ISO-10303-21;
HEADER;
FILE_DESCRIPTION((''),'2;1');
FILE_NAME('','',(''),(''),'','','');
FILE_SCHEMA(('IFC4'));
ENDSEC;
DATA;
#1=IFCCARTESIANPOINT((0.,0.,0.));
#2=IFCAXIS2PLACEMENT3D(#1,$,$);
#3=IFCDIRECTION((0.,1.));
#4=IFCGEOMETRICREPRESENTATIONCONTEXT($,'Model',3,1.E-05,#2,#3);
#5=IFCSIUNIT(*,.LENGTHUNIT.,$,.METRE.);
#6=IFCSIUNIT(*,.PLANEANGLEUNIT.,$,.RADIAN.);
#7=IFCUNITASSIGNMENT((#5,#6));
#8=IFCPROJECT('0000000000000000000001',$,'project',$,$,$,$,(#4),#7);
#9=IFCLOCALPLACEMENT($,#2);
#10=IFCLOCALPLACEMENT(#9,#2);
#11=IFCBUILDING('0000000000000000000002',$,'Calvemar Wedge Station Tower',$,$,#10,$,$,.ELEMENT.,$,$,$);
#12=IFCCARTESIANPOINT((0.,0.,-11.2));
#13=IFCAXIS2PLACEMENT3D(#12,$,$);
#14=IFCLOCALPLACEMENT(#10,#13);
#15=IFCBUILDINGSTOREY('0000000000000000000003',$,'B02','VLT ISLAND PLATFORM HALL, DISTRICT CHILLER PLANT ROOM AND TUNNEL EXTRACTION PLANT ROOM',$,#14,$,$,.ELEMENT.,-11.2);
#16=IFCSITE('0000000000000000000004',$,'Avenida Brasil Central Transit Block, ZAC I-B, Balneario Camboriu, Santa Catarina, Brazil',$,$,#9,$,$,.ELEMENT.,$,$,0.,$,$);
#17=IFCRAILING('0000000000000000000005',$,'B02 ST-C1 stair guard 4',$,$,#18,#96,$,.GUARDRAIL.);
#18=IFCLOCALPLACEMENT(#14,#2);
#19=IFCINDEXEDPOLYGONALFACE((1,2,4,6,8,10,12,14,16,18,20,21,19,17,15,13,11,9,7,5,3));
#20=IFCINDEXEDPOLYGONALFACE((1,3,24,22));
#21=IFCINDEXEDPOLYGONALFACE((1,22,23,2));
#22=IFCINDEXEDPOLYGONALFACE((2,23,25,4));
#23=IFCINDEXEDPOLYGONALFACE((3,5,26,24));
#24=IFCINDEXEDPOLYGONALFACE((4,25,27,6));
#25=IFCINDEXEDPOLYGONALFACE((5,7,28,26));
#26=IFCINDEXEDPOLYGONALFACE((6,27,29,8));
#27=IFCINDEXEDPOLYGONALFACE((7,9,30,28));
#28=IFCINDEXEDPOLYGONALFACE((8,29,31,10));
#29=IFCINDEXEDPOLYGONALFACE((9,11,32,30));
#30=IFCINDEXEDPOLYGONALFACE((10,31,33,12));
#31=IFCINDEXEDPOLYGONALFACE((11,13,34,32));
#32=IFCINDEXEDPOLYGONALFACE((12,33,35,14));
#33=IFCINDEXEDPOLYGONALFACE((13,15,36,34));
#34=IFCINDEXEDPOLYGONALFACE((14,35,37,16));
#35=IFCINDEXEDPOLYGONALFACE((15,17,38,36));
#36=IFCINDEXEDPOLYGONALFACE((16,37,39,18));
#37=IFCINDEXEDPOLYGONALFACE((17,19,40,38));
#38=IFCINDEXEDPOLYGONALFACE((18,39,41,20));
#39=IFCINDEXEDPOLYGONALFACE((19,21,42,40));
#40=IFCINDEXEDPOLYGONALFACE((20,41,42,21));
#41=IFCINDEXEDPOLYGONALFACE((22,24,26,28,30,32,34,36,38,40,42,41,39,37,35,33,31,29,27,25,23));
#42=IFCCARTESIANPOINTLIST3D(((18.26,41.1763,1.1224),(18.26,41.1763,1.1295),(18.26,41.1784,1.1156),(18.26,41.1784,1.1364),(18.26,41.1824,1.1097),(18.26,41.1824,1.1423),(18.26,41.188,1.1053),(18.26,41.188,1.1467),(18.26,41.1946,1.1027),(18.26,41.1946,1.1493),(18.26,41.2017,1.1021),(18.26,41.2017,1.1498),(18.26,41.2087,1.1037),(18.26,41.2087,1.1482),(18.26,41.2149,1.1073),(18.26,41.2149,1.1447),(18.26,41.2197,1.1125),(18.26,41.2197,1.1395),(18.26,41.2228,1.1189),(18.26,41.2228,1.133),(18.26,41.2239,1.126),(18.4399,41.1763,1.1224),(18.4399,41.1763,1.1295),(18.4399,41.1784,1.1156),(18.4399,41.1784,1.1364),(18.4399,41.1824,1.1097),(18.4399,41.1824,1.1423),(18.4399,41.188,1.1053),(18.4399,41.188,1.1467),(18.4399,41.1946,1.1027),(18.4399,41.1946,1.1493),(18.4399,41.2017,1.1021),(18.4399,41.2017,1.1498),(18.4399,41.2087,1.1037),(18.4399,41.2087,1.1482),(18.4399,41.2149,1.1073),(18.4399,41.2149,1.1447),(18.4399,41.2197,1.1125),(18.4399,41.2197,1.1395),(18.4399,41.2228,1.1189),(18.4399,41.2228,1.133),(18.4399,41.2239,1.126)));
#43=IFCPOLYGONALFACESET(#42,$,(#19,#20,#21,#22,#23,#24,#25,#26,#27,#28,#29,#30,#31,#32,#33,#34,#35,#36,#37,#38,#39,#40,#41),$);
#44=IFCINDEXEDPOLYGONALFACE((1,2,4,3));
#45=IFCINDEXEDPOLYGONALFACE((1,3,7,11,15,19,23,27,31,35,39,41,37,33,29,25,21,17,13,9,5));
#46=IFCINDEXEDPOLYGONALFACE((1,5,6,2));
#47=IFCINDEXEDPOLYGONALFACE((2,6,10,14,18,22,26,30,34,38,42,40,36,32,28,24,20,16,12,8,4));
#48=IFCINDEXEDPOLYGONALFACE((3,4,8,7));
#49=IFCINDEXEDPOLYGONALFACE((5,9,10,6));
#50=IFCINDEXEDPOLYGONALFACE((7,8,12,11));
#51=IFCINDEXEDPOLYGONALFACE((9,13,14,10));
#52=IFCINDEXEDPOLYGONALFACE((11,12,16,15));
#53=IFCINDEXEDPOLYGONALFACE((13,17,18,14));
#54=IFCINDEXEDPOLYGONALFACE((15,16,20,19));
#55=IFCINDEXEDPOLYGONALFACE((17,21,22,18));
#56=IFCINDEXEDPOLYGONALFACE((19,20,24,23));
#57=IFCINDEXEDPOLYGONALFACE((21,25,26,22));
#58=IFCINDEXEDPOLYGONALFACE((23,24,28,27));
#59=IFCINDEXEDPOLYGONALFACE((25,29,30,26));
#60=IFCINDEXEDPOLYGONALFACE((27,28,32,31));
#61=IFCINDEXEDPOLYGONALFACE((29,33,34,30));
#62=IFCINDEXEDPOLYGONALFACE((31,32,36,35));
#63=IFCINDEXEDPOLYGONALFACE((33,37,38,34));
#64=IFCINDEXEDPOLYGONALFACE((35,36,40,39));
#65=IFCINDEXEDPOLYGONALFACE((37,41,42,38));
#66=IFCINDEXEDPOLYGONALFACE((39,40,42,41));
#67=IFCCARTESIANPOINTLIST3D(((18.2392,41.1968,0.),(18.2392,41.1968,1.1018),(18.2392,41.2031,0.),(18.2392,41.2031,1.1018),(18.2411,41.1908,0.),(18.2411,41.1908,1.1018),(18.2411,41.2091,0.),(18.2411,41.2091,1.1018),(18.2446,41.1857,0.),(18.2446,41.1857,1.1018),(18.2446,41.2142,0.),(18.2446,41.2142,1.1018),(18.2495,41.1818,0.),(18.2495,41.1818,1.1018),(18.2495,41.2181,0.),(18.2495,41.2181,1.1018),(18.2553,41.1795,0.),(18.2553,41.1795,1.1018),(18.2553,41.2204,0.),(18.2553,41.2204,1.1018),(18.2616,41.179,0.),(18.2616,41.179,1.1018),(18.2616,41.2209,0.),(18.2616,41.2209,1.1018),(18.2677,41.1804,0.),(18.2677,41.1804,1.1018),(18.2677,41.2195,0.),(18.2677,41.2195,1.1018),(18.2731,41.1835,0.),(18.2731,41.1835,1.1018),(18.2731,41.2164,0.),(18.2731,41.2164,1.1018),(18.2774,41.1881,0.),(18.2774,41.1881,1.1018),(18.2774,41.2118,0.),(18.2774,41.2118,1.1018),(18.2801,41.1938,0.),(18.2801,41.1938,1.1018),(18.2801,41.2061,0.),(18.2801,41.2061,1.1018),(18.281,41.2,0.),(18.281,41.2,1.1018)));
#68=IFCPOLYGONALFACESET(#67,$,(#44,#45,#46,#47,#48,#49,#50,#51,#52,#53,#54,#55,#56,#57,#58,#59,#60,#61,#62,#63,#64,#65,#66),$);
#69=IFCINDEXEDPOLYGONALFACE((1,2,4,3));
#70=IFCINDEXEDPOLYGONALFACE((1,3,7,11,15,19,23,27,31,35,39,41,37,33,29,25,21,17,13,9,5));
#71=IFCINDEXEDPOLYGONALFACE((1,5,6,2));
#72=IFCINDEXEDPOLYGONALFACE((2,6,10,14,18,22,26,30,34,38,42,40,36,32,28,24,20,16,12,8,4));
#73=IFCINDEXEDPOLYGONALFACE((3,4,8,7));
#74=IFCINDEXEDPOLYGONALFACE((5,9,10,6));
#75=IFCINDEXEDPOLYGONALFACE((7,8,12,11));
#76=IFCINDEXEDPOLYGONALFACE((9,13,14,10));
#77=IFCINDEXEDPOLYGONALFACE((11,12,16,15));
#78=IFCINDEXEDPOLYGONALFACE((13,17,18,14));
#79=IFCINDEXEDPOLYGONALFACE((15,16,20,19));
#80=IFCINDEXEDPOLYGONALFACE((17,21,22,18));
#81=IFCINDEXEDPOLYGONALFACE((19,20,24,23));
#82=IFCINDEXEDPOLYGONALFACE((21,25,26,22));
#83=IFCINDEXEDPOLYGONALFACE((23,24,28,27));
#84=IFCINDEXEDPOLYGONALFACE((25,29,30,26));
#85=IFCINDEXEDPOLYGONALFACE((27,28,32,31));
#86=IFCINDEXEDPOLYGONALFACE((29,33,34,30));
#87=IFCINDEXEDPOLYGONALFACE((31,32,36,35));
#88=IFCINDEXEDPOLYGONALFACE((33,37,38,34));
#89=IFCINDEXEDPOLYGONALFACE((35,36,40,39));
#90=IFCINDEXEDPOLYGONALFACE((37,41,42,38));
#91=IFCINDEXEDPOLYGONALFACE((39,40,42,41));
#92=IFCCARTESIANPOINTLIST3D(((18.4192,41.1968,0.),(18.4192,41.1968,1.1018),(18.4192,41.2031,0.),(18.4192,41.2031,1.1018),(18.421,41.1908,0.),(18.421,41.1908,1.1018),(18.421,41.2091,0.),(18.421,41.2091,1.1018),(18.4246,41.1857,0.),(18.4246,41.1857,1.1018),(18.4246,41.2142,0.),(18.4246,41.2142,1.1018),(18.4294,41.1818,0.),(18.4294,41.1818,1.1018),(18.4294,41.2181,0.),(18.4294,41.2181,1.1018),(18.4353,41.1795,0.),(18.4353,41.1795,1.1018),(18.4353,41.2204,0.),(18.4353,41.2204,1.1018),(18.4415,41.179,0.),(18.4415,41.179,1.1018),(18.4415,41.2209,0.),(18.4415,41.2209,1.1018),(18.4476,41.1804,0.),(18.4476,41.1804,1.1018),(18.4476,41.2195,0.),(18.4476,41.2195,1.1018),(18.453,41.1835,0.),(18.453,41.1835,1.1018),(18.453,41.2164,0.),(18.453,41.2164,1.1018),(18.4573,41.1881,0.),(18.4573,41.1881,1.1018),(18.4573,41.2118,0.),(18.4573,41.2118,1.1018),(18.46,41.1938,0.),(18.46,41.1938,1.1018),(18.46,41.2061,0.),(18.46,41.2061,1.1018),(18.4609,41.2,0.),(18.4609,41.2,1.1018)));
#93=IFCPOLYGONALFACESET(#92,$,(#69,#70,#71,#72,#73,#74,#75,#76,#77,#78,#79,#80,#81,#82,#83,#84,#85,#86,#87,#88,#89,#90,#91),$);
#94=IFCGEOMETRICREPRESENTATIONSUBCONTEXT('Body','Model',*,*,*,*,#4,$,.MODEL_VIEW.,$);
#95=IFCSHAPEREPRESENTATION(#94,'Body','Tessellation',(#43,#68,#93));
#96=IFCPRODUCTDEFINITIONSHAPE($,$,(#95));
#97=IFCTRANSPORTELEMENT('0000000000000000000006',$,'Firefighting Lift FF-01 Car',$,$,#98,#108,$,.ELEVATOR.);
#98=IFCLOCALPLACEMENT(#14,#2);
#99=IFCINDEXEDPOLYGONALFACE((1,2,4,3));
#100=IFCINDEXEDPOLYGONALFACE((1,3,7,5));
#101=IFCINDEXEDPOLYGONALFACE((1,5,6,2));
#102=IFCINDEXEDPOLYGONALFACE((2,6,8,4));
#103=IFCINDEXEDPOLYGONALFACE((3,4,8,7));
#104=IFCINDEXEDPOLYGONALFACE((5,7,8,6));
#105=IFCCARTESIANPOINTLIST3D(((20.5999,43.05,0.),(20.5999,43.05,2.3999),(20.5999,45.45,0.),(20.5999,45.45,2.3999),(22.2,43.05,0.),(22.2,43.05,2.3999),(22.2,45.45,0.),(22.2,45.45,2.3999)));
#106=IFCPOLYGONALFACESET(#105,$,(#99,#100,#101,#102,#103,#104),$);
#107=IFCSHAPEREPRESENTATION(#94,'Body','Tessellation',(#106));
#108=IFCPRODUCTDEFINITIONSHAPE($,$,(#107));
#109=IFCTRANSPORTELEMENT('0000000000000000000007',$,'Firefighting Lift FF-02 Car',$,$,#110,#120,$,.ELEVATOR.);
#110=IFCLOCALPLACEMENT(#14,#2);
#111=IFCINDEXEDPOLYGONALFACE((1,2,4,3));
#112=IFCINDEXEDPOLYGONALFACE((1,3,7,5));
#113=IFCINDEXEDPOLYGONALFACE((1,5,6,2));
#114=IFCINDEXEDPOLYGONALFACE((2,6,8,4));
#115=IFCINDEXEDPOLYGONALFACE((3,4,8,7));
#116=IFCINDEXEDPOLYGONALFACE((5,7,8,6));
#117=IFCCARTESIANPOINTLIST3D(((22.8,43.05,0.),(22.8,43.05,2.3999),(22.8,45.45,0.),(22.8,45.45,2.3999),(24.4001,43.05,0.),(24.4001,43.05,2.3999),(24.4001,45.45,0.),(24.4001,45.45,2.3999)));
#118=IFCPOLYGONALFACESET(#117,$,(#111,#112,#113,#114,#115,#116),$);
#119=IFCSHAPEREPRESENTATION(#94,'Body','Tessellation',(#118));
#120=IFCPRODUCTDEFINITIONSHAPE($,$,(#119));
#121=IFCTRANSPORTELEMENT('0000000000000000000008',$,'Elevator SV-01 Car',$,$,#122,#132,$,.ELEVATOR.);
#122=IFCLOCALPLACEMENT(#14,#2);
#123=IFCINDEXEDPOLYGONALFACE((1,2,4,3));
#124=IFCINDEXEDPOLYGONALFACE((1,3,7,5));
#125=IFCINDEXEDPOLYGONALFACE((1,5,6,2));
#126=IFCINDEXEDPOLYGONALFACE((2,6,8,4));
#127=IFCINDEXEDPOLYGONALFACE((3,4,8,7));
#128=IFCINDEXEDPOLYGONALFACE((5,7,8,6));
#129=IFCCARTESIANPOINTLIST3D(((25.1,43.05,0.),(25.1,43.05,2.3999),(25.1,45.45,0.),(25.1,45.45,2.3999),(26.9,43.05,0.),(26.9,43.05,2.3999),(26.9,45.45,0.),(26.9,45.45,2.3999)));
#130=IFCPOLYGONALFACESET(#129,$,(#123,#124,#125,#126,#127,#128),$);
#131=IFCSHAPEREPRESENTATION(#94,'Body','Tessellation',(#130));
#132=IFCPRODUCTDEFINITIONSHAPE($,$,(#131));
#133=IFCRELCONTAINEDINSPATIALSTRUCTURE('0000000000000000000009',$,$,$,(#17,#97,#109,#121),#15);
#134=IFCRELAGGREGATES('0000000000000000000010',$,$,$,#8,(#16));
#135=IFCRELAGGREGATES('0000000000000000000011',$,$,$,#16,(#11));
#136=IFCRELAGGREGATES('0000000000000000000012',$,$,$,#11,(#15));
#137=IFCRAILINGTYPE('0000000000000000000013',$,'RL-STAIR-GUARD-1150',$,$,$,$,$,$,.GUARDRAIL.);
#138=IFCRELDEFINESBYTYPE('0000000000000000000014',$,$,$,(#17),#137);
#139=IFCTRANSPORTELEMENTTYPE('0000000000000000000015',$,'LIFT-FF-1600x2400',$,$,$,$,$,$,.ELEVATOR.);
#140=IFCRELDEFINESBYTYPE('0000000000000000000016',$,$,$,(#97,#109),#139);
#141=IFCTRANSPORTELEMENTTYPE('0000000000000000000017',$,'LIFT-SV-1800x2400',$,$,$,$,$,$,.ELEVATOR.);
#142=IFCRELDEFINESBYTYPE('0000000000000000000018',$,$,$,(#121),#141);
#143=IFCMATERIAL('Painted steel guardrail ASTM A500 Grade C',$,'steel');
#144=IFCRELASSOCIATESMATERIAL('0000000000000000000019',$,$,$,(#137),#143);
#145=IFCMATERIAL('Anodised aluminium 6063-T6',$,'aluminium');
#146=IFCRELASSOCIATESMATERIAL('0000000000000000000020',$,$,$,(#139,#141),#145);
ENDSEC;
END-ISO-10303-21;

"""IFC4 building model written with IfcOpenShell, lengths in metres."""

from ifc_helpers import new_model, si_unit, direction, frame, origin, origin_2d, place, context, subcontext, project, spatial, rectangle, circle, extrude, source, transform, mapped, material, type_object, element, save


model = new_model("IFC4")

# Units and contexts
model_context = context("Model", 3, precision=1e-05, world=origin(), true_north=direction((0.0, 1.0)))
body_context = subcontext(model_context, "Body", "Model", "MODEL_VIEW")
ifc_project = project(units=[si_unit("LENGTHUNIT", "METRE"), si_unit("PLANEANGLEUNIT", "RADIAN")], contexts=[model_context])

# Site, building, storey
site_placement = place(None, origin())
site = spatial("IfcSite", under=ifc_project, at=site_placement, Name="Avenida Brasil Central Transit Block, ZAC I-B, Balneario Camboriu, Santa Catarina, Brazil", CompositionType="ELEMENT", RefElevation=0.0)
building_placement = place(site_placement, origin())
building = spatial("IfcBuilding", under=site, at=building_placement, Name="Calvemar Wedge Station Tower", CompositionType="ELEMENT")
storey_placement = place(building_placement, frame((0.0, 0.0, -11.2)))
storey = spatial("IfcBuildingStorey", under=building, at=storey_placement, Name="B02", Description="VLT ISLAND PLATFORM HALL, DISTRICT CHILLER PLANT ROOM AND TUNNEL EXTRACTION PLANT ROOM", CompositionType="ELEMENT", Elevation=-11.2)

# Railing
ifc_material_1 = material(Name="Painted steel guardrail ASTM A500 Grade C", Category="steel")
railing_type_1 = type_object("IfcRailingType", Name="RL-STAIR-GUARD-1150", PredefinedType="GUARDRAIL", material=ifc_material_1)
railing_1_placement = place(storey_placement, frame((18.26, 41.2, 0.0)))
element("IfcRailing", 1, at=railing_1_placement, inside=storey, type_object=railing_type_1, Name="B02 ST-C1 stair guard 4", PredefinedType="GUARDRAIL", context=body_context, shape_type="SweptSolid", body=[
    extrude(circle(Radius=0.0239, at=origin_2d()), frame((0.0, 0.0, 1.126), z_axis=(1.0, 0.0, 0.0), x_axis=(0.0, 1.0, 0.0)), (0.0, 0.0, 1.0), 0.1799),
    extrude(circle(Radius=0.021, at=origin_2d()), origin(), (0.0, 0.0, 1.0), 1.1018),
    extrude(circle(Radius=0.021, at=origin_2d()), frame((0.1799, 0.0, 0.0)), (0.0, 0.0, 1.0), 1.1018),
])

# Transport elements
ifc_material_2 = material(Name="Anodised aluminium 6063-T6", Category="aluminium")
transport_element_type_1 = type_object("IfcTransportElementType", Name="LIFT-FF-1600x2400", PredefinedType="ELEVATOR", material=ifc_material_2)
shared_shape_1 = source(origin(), body_context, "Body", "SweptSolid", [
    extrude(rectangle(XDim=1.6001, YDim=2.3999, at=origin_2d()), origin(), (0.0, 0.0, 1.0), 2.3999),
])
for number, where, z_axis, x_axis, name in (
    (2, (21.3999, 44.25, 0.0), (0.0, 0.0, 1.0), (1.0, 0.0, 0.0), "Firefighting Lift FF-01 Car"),
    (3, (23.6001, 44.25, 0.0), (0.0, 0.0, 1.0), (1.0, 0.0, 0.0), "Firefighting Lift FF-02 Car"),
):
    element("IfcTransportElement", number, at=place(storey_placement, frame(where, z_axis=z_axis, x_axis=x_axis)), inside=storey, type_object=transport_element_type_1, Name=name, PredefinedType="ELEVATOR", context=body_context, shape_type="MappedRepresentation", body=[
        mapped(shared_shape_1, transform((0.0, 0.0, 0.0), scale=1.0)),
    ])
transport_element_type_2 = type_object("IfcTransportElementType", Name="LIFT-SV-1800x2400", PredefinedType="ELEVATOR", material=ifc_material_2)
shared_shape_2 = source(origin(), body_context, "Body", "SweptSolid", [
    extrude(rectangle(XDim=1.8, YDim=2.3999, at=origin_2d()), origin(), (0.0, 0.0, 1.0), 2.3999),
])
transport_element_placement = place(storey_placement, frame((26.0, 44.25, 0.0), z_axis=(0.0, 0.0, 1.0), x_axis=(1.0, 0.0, 0.0)))
element("IfcTransportElement", 4, at=transport_element_placement, inside=storey, type_object=transport_element_type_2, Name="Elevator SV-01 Car", PredefinedType="ELEVATOR", context=body_context, shape_type="MappedRepresentation", body=[
    mapped(shared_shape_2, transform((0.0, 0.0, 0.0), scale=1.0)),
])

save(model, "model.ifc")
